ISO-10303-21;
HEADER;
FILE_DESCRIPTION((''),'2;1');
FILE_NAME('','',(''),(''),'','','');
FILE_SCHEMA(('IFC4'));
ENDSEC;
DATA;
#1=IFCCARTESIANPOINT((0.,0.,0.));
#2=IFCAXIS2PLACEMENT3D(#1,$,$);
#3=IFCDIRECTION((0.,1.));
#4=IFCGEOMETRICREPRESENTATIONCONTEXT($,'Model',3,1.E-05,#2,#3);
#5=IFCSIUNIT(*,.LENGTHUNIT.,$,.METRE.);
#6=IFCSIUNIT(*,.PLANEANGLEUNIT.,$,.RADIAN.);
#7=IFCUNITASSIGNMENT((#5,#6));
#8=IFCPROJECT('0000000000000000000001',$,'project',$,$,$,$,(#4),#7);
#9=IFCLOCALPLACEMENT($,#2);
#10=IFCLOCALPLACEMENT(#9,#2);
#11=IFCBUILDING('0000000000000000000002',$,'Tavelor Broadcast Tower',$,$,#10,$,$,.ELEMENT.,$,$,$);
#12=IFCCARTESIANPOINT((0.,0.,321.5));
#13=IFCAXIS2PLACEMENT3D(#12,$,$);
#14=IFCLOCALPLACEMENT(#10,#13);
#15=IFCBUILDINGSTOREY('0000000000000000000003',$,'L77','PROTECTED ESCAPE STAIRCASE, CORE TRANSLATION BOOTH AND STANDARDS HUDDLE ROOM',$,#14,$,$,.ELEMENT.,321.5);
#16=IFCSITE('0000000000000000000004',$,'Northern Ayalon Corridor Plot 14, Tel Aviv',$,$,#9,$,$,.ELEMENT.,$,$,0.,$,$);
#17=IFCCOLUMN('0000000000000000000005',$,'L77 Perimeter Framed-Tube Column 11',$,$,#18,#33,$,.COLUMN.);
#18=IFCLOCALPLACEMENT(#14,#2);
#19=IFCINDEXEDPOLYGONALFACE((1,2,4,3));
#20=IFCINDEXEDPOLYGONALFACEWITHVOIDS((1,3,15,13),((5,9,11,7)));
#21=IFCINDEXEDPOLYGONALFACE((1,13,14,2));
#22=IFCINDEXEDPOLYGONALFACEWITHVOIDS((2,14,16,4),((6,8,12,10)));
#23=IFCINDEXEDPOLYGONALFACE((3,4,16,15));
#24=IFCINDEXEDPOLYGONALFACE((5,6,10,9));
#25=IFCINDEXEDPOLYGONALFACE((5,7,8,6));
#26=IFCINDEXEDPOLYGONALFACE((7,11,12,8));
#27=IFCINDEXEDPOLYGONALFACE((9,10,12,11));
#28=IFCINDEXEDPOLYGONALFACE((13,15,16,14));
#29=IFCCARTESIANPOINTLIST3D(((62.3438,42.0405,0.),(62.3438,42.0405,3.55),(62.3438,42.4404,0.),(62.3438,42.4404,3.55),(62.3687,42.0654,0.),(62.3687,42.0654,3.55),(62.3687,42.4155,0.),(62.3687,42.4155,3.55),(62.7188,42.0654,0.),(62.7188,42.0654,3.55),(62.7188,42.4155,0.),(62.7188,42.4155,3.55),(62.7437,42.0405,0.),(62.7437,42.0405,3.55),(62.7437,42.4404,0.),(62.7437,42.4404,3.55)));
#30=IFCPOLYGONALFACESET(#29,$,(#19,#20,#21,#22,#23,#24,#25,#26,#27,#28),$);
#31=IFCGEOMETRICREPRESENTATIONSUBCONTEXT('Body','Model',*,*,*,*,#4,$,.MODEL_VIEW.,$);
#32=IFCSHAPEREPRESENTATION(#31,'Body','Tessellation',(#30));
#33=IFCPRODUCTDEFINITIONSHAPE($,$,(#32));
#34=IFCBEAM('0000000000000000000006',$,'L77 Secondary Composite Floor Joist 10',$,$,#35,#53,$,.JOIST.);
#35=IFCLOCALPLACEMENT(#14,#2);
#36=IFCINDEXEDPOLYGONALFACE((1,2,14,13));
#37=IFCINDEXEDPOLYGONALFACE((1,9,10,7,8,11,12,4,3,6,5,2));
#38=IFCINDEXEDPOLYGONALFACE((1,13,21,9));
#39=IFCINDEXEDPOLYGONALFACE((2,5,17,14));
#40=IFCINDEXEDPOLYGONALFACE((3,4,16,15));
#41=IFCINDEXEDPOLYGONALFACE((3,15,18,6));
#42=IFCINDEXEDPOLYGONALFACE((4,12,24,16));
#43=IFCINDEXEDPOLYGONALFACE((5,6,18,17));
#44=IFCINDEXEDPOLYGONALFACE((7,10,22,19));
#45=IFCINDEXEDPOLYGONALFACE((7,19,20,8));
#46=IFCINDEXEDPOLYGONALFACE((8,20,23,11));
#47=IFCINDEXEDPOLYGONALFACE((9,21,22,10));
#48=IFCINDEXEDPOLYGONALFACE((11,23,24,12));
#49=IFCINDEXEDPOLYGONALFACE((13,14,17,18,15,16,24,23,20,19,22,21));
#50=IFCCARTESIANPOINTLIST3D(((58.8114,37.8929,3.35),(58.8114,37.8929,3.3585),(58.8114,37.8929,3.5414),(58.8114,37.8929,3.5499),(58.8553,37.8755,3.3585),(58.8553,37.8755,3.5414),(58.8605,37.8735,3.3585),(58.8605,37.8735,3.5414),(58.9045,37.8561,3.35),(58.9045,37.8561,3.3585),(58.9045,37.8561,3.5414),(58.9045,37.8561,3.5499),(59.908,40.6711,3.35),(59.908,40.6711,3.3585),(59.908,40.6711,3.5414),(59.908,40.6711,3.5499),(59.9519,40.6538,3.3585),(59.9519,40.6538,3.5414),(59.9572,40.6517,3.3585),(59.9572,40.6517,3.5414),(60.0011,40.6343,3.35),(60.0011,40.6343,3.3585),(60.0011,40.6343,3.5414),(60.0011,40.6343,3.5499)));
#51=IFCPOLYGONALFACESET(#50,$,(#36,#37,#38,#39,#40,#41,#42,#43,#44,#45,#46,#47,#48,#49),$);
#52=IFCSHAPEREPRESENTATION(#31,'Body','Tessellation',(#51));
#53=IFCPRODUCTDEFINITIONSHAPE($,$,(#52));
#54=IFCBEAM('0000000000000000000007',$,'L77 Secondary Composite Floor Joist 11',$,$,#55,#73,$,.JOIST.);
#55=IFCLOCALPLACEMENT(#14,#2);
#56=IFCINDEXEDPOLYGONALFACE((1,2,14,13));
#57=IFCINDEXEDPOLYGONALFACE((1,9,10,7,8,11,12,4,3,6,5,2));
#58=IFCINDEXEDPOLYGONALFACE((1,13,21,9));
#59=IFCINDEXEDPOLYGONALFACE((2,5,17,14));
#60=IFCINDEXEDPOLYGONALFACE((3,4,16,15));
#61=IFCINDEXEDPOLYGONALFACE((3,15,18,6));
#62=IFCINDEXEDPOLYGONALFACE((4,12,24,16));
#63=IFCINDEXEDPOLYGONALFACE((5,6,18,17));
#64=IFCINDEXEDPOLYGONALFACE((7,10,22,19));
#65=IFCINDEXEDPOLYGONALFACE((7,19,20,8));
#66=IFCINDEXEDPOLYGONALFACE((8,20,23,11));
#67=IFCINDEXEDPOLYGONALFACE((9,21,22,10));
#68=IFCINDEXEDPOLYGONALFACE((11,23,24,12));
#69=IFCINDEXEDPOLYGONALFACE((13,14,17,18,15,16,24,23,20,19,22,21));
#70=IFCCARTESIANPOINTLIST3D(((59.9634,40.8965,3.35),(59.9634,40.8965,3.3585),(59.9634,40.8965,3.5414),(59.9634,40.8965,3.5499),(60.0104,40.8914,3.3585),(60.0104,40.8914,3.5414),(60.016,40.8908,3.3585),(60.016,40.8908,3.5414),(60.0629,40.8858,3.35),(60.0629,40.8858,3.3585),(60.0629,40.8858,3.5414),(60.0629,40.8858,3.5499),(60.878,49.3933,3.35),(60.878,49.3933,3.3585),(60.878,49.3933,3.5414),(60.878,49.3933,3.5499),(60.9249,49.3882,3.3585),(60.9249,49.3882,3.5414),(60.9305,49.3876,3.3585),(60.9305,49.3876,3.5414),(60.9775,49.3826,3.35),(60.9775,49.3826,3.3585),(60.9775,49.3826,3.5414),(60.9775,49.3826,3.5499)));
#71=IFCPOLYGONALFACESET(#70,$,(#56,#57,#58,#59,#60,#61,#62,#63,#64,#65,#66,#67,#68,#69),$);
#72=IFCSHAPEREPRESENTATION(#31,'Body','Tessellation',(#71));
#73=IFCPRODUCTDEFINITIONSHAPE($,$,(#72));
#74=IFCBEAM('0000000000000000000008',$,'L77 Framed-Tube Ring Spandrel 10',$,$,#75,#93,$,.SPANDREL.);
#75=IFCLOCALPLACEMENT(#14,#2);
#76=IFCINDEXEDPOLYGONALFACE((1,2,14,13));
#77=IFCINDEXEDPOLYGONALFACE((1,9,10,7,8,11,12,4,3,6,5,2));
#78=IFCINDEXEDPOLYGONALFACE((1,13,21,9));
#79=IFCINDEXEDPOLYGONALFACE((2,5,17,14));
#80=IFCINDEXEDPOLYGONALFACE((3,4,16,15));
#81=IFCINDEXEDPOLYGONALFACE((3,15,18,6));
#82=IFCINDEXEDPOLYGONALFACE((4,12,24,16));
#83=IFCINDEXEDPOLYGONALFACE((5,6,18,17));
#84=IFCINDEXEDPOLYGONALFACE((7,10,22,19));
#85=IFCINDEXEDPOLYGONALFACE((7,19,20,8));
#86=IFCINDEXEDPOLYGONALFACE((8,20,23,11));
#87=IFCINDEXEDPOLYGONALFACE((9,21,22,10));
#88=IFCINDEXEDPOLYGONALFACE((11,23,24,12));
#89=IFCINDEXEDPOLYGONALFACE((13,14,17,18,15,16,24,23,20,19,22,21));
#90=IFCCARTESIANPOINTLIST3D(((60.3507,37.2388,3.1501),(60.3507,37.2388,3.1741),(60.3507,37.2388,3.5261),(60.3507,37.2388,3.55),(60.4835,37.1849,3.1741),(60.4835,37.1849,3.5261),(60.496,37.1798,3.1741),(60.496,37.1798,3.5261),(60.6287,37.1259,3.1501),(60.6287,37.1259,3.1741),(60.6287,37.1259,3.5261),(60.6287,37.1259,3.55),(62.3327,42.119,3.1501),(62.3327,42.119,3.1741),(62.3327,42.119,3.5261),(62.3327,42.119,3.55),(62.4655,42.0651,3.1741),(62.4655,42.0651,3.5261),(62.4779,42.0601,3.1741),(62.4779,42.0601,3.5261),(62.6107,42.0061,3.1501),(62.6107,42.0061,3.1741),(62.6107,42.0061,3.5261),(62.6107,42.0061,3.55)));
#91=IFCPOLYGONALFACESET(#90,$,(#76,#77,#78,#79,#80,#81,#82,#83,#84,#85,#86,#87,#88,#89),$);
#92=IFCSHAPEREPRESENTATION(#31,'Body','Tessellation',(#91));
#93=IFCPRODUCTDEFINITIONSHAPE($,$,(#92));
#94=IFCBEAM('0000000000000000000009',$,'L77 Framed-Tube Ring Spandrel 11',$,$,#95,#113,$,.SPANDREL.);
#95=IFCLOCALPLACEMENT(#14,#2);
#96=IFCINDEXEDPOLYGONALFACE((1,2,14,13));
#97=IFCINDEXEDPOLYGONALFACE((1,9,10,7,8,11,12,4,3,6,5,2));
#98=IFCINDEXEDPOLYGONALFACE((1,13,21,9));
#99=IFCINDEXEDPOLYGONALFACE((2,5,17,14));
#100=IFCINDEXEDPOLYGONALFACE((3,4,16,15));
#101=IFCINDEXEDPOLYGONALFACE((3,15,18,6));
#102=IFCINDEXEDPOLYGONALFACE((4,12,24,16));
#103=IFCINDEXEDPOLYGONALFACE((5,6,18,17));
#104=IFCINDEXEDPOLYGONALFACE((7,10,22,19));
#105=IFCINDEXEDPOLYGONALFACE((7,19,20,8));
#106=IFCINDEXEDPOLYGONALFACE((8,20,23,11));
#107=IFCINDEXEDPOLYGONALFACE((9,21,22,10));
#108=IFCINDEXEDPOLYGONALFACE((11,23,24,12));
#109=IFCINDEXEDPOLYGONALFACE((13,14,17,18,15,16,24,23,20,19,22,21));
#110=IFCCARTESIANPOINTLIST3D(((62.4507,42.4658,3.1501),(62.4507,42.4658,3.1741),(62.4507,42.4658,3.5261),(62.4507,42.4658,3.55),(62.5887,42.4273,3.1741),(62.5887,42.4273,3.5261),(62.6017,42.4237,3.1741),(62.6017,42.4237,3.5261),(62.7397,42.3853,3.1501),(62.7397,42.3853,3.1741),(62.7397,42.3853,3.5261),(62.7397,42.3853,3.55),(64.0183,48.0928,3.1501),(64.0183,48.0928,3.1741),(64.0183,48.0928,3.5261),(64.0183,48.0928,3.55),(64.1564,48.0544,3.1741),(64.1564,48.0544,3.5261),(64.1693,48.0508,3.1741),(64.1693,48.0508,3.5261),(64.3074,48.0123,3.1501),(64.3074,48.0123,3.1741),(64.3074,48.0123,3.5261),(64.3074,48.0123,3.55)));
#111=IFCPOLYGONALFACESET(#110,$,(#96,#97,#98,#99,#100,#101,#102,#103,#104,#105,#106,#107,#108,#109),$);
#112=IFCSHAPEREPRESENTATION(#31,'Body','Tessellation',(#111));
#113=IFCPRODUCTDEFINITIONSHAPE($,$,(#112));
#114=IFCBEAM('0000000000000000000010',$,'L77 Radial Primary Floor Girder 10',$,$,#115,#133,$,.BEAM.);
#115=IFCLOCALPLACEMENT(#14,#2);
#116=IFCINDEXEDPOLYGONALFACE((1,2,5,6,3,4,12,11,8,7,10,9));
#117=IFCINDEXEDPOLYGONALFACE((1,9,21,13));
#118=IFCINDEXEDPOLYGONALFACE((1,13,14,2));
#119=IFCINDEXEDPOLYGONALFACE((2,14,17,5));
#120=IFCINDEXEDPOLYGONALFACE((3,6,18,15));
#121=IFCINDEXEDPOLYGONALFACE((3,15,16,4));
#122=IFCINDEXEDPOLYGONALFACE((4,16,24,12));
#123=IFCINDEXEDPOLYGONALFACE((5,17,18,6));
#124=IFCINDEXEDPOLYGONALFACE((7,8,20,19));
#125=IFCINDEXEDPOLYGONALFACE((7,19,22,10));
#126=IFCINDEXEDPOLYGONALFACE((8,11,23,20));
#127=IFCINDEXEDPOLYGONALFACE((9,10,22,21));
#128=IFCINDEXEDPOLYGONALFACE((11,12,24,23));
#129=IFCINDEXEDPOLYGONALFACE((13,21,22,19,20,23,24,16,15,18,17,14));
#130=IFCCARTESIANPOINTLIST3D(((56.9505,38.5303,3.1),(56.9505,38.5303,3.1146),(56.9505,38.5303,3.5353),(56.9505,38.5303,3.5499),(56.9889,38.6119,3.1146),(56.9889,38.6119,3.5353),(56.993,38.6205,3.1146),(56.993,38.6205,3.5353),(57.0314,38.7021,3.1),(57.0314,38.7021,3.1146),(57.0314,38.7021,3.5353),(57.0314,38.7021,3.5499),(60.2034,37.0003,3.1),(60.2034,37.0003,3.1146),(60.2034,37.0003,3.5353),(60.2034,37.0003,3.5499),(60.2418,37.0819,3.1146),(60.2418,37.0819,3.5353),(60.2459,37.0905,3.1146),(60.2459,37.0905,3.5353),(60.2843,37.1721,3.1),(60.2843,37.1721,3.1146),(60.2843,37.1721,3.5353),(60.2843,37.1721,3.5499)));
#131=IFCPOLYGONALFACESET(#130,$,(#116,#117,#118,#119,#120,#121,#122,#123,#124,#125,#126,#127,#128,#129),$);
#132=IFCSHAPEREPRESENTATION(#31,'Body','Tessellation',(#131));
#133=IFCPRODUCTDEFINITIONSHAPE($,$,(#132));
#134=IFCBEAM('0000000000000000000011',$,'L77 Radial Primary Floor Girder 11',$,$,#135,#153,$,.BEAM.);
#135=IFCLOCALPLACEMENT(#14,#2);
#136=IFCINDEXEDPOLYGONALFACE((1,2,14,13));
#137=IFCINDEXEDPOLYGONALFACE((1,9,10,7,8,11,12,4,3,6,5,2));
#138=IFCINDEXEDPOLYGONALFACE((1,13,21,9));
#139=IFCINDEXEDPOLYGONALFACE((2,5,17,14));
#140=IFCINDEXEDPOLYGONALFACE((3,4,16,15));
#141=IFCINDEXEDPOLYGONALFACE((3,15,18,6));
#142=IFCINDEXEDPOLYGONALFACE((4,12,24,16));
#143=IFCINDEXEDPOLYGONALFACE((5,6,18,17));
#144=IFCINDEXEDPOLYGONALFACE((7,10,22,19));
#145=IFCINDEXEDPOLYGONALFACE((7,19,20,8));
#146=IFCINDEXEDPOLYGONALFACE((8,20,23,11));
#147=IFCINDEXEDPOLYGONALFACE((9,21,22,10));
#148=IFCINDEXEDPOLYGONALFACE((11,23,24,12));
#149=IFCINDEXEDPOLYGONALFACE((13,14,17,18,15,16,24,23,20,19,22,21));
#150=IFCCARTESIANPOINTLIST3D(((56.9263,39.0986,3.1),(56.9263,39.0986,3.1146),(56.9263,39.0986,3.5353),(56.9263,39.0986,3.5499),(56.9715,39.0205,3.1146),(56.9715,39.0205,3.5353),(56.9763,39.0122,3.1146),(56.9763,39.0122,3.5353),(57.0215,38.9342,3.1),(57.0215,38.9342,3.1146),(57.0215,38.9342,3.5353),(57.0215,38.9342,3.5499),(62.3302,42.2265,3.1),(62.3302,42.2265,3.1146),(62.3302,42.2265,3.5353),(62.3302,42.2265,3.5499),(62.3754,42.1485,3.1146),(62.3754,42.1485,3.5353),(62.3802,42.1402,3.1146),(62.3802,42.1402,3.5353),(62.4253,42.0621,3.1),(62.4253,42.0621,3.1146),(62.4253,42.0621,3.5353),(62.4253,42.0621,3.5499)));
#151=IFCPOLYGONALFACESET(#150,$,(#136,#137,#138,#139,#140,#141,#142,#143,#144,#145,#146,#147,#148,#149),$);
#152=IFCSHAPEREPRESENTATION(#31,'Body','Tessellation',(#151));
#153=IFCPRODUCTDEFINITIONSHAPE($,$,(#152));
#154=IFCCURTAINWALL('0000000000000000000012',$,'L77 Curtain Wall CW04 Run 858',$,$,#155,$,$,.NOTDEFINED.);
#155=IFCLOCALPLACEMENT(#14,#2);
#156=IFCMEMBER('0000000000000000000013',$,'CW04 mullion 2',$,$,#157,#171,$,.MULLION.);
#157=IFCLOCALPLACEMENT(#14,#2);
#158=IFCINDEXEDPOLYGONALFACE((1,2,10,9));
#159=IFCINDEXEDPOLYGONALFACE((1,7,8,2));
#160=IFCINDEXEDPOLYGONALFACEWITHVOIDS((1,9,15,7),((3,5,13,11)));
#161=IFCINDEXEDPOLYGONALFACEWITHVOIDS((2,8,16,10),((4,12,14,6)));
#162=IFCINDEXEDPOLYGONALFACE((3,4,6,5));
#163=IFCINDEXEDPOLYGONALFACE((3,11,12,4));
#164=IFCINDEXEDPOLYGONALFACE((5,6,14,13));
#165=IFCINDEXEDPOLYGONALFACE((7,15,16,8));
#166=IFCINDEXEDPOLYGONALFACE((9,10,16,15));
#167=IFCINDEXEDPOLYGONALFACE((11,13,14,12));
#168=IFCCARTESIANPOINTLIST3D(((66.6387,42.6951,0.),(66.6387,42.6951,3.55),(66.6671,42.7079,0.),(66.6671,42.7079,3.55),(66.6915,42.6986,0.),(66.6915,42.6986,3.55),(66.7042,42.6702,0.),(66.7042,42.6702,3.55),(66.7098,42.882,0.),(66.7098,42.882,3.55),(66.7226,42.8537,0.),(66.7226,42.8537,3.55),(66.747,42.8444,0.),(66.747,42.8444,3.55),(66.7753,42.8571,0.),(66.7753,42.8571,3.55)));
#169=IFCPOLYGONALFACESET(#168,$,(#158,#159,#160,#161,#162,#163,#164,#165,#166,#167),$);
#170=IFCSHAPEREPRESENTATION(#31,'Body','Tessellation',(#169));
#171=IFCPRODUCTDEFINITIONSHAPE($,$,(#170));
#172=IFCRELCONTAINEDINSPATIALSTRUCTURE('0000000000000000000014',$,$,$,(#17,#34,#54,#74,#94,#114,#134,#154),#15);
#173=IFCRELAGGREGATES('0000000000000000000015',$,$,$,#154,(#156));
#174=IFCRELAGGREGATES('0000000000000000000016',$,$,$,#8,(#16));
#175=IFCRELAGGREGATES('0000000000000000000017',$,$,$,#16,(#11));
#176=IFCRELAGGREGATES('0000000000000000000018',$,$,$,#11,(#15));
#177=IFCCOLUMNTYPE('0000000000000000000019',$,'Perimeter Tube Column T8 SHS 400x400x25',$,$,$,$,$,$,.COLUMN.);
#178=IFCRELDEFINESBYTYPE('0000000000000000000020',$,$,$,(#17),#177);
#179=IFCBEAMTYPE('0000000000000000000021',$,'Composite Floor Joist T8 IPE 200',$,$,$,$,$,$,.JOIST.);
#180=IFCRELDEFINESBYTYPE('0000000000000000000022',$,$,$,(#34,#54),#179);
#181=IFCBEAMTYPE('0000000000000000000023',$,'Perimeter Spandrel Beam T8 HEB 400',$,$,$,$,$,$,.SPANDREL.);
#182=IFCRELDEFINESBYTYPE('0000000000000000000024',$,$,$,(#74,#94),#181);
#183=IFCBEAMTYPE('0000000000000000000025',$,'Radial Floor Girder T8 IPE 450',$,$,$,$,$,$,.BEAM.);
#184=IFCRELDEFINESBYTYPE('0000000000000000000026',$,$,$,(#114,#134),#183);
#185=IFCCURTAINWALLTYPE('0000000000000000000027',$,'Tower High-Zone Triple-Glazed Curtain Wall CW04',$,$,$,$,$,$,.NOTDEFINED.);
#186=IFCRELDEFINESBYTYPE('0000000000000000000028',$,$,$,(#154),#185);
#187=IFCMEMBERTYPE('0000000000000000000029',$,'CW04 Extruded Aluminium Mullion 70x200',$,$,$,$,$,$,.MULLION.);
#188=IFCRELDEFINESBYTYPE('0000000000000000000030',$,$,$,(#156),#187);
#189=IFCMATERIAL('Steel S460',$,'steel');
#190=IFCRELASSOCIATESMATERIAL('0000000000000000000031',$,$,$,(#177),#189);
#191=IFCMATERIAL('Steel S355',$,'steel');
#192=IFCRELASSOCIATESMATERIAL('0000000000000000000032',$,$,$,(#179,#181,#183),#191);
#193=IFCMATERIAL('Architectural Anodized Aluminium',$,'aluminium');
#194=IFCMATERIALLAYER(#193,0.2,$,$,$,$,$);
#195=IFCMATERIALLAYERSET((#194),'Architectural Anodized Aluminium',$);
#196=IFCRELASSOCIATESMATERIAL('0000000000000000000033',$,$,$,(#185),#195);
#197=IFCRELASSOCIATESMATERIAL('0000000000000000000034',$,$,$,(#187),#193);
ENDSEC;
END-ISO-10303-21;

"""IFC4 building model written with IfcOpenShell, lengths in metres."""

from ifc_helpers import new_model, si_unit, direction, frame, origin, origin_2d, place, context, subcontext, project, spatial, hollow_rectangle, i_section, extrude, source, transform, mapped, material, layer, layer_set, material_profile, profile_set, type_object, type_shapes, element, aggregate, save


model = new_model("IFC4")

# Units and contexts
model_context = context("Model", 3, precision=1e-05, world=origin(), true_north=direction((0.0, 1.0)))
body_context = subcontext(model_context, "Body", "Model", "MODEL_VIEW")
ifc_project = project(units=[si_unit("LENGTHUNIT", "METRE"), si_unit("PLANEANGLEUNIT", "RADIAN")], contexts=[model_context])

# Site, building, storey
site_placement = place(None, origin())
site = spatial("IfcSite", under=ifc_project, at=site_placement, Name="Northern Ayalon Corridor Plot 14, Tel Aviv", CompositionType="ELEMENT", RefElevation=0.0)
building_placement = place(site_placement, origin())
building = spatial("IfcBuilding", under=site, at=building_placement, Name="Tavelor Broadcast Tower", CompositionType="ELEMENT")
storey_placement = place(building_placement, frame((0.0, 0.0, 321.5)))
storey = spatial("IfcBuildingStorey", under=building, at=storey_placement, Name="L77", Description="PROTECTED ESCAPE STAIRCASE, CORE TRANSLATION BOOTH AND STANDARDS HUDDLE ROOM", CompositionType="ELEMENT", Elevation=321.5)

# Column
ifc_material_1 = material(Name="Steel S460", Category="steel")
ifc_material_profile_1 = material_profile(ifc_material_1, hollow_rectangle(XDim=0.3999, YDim=0.3999, WallThickness=0.0249, at=origin_2d()), Name="SHS 400x400x25")
ifc_profile_set_1 = profile_set([ifc_material_profile_1], Name="Steel S460")
column_type = type_object("IfcColumnType", Name="Perimeter Tube Column T8 SHS 400x400x25", PredefinedType="COLUMN", material=ifc_profile_set_1)
column_placement = place(storey_placement, frame((62.5437, 42.2405, 0.0), z_axis=(0.0, 0.0, 1.0), x_axis=(1.0, 0.0, 0.0)))
element("IfcColumn", 1, at=column_placement, inside=storey, type_object=column_type, Name="L77 Perimeter Framed-Tube Column 11", PredefinedType="COLUMN", context=body_context, shape_type="SweptSolid", body=[
    extrude(hollow_rectangle(XDim=0.3999, YDim=0.3999, WallThickness=0.0249, at=origin_2d()), origin(), (0.0, 0.0, 1.0), 3.55),
])

# Beams
ifc_material_2 = material(Name="Steel S355", Category="steel")
ifc_material_profile_2 = material_profile(ifc_material_2, i_section(OverallWidth=0.1001, OverallDepth=0.2, WebThickness=0.0056, FlangeThickness=0.0085, at=origin_2d()), Name="IPE 200")
ifc_profile_set_2 = profile_set([ifc_material_profile_2], Name="Steel S355")
beam_type_1 = type_object("IfcBeamType", Name="Composite Floor Joist T8 IPE 200", PredefinedType="JOIST", material=ifc_profile_set_2)
beam_1_placement = place(storey_placement, frame((58.8579, 37.8745, 3.45), z_axis=(0.367159, 0.930158, 0.0), x_axis=(-0.930158, 0.367159, 0.0)))
element("IfcBeam", 2, at=beam_1_placement, inside=storey, type_object=beam_type_1, Name="L77 Secondary Composite Floor Joist 10", PredefinedType="JOIST", context=body_context, shape_type="SweptSolid", body=[
    extrude(i_section(OverallWidth=0.1001, OverallDepth=0.2, WebThickness=0.0056, FlangeThickness=0.0085, at=origin_2d()), origin(), (0.0, 0.0, 1.0), 2.9868),
])
beam_2_placement = place(storey_placement, frame((60.0132, 40.8911, 3.45), z_axis=(0.107016, 0.994257, 0.0), x_axis=(-0.994257, 0.107016, 0.0)))
element("IfcBeam", 3, at=beam_2_placement, inside=storey, type_object=beam_type_1, Name="L77 Secondary Composite Floor Joist 11", PredefinedType="JOIST", context=body_context, shape_type="SweptSolid", body=[
    extrude(i_section(OverallWidth=0.1001, OverallDepth=0.2, WebThickness=0.0056, FlangeThickness=0.0085, at=origin_2d()), origin(), (0.0, 0.0, 1.0), 8.5459),
])
ifc_material_profile_3 = material_profile(ifc_material_2, i_section(OverallWidth=0.3, OverallDepth=0.3999, WebThickness=0.0134, FlangeThickness=0.0239, at=origin_2d()), Name="HEB 400")
ifc_profile_set_3 = profile_set([ifc_material_profile_3], Name="Steel S355")
beam_type_2 = type_object("IfcBeamType", Name="Perimeter Spandrel Beam T8 HEB 400", PredefinedType="SPANDREL", material=ifc_profile_set_3)
beam_3_placement = place(storey_placement, frame((60.4897, 37.1824, 3.3501), z_axis=(0.376276, 0.926507, 0.0), x_axis=(-0.926507, 0.376276, 0.0)))
element("IfcBeam", 4, at=beam_3_placement, inside=storey, type_object=beam_type_2, Name="L77 Framed-Tube Ring Spandrel 10", PredefinedType="SPANDREL", context=body_context, shape_type="SweptSolid", body=[
    extrude(i_section(OverallWidth=0.3, OverallDepth=0.3999, WebThickness=0.0134, FlangeThickness=0.0239, at=origin_2d()), origin(), (0.0, 0.0, 1.0), 5.2673),
])
beam_4_placement = place(storey_placement, frame((62.5952, 42.4255, 3.3501), z_axis=(0.268372, 0.963315, 0.0), x_axis=(-0.963315, 0.268372, 0.0)))
element("IfcBeam", 5, at=beam_4_placement, inside=storey, type_object=beam_type_2, Name="L77 Framed-Tube Ring Spandrel 11", PredefinedType="SPANDREL", context=body_context, shape_type="SweptSolid", body=[
    extrude(i_section(OverallWidth=0.3, OverallDepth=0.3999, WebThickness=0.0134, FlangeThickness=0.0239, at=origin_2d()), origin(), (0.0, 0.0, 1.0), 5.8413),
])
ifc_material_profile_4 = material_profile(ifc_material_2, i_section(OverallWidth=0.1899, OverallDepth=0.45, WebThickness=0.0095, FlangeThickness=0.0146, at=origin_2d()), Name="IPE 450")
ifc_profile_set_4 = profile_set([ifc_material_profile_4], Name="Steel S355")
beam_type_3 = type_object("IfcBeamType", Name="Radial Floor Girder T8 IPE 450", PredefinedType="BEAM", material=ifc_profile_set_4)
beam_5_placement = place(storey_placement, frame((56.991, 38.6162, 3.325), z_axis=(0.9049, -0.425624, 0.0), x_axis=(0.425624, 0.9049, 0.0)))
element("IfcBeam", 6, at=beam_5_placement, inside=storey, type_object=beam_type_3, Name="L77 Radial Primary Floor Girder 10", PredefinedType="BEAM", context=body_context, shape_type="SweptSolid", body=[
    extrude(i_section(OverallWidth=0.1899, OverallDepth=0.45, WebThickness=0.0095, FlangeThickness=0.0146, at=origin_2d()), origin(), (0.0, 0.0, 1.0), 3.5947),
])
beam_6_placement = place(storey_placement, frame((56.9739, 39.0164, 3.325), z_axis=(0.865467, 0.500965, 0.0), x_axis=(-0.500965, 0.865467, 0.0)))
element("IfcBeam", 7, at=beam_6_placement, inside=storey, type_object=beam_type_3, Name="L77 Radial Primary Floor Girder 11", PredefinedType="BEAM", context=body_context, shape_type="SweptSolid", body=[
    extrude(i_section(OverallWidth=0.1899, OverallDepth=0.45, WebThickness=0.0095, FlangeThickness=0.0146, at=origin_2d()), origin(), (0.0, 0.0, 1.0), 6.2439),
])

# Curtain wall, member
ifc_material_3 = material(Name="Architectural Anodized Aluminium", Category="aluminium")
ifc_layer_1 = layer(ifc_material_3, 0.2)
ifc_layer_set_1 = layer_set([ifc_layer_1], Name="Architectural Anodized Aluminium")
curtain_wall_type = type_object("IfcCurtainWallType", Name="Tower High-Zone Triple-Glazed Curtain Wall CW04", PredefinedType="NOTDEFINED", material=ifc_layer_set_1)
curtain_wall_1_placement = place(storey_placement, origin())
curtain_wall_1 = element("IfcCurtainWall", 8, at=curtain_wall_1_placement, inside=storey, type_object=curtain_wall_type, Name="L77 Curtain Wall CW04 Run 858", PredefinedType="NOTDEFINED")
ifc_material_profile_5 = material_profile(ifc_material_3, hollow_rectangle(XDim=0.0701, YDim=0.2, WallThickness=0.022, at=origin_2d()), Name="RHS 70x200x22")
ifc_profile_set_5 = profile_set([ifc_material_profile_5], Name="Architectural Anodized Aluminium")
member_type_1 = type_object("IfcMemberType", Name="CW04 Extruded Aluminium Mullion 70x200", PredefinedType="MULLION", material=ifc_profile_set_5)
shared_shape_1 = source(origin(), body_context, "Body", "SweptSolid", [
    extrude(hollow_rectangle(XDim=0.0701, YDim=0.2, WallThickness=0.022, at=origin_2d()), origin(), (0.0, 0.0, 1.0), 3.55),
])
type_shapes(member_type_1, [shared_shape_1])
member_1_placement = place(storey_placement, frame((66.707, 42.7761, 0.0), z_axis=(0.0, 0.0, 1.0), x_axis=(-0.934676, 0.3555, 0.0)))
member_1 = element("IfcMember", 9, at=member_1_placement, type_object=member_type_1, Name="CW04 mullion 2", PredefinedType="MULLION", context=body_context, shape_type="MappedRepresentation", body=[
    mapped(shared_shape_1, transform((0.0, 0.0, 0.0), scale=1.0)),
])

aggregate(curtain_wall_1, [member_1])

save(model, "model.ifc")
